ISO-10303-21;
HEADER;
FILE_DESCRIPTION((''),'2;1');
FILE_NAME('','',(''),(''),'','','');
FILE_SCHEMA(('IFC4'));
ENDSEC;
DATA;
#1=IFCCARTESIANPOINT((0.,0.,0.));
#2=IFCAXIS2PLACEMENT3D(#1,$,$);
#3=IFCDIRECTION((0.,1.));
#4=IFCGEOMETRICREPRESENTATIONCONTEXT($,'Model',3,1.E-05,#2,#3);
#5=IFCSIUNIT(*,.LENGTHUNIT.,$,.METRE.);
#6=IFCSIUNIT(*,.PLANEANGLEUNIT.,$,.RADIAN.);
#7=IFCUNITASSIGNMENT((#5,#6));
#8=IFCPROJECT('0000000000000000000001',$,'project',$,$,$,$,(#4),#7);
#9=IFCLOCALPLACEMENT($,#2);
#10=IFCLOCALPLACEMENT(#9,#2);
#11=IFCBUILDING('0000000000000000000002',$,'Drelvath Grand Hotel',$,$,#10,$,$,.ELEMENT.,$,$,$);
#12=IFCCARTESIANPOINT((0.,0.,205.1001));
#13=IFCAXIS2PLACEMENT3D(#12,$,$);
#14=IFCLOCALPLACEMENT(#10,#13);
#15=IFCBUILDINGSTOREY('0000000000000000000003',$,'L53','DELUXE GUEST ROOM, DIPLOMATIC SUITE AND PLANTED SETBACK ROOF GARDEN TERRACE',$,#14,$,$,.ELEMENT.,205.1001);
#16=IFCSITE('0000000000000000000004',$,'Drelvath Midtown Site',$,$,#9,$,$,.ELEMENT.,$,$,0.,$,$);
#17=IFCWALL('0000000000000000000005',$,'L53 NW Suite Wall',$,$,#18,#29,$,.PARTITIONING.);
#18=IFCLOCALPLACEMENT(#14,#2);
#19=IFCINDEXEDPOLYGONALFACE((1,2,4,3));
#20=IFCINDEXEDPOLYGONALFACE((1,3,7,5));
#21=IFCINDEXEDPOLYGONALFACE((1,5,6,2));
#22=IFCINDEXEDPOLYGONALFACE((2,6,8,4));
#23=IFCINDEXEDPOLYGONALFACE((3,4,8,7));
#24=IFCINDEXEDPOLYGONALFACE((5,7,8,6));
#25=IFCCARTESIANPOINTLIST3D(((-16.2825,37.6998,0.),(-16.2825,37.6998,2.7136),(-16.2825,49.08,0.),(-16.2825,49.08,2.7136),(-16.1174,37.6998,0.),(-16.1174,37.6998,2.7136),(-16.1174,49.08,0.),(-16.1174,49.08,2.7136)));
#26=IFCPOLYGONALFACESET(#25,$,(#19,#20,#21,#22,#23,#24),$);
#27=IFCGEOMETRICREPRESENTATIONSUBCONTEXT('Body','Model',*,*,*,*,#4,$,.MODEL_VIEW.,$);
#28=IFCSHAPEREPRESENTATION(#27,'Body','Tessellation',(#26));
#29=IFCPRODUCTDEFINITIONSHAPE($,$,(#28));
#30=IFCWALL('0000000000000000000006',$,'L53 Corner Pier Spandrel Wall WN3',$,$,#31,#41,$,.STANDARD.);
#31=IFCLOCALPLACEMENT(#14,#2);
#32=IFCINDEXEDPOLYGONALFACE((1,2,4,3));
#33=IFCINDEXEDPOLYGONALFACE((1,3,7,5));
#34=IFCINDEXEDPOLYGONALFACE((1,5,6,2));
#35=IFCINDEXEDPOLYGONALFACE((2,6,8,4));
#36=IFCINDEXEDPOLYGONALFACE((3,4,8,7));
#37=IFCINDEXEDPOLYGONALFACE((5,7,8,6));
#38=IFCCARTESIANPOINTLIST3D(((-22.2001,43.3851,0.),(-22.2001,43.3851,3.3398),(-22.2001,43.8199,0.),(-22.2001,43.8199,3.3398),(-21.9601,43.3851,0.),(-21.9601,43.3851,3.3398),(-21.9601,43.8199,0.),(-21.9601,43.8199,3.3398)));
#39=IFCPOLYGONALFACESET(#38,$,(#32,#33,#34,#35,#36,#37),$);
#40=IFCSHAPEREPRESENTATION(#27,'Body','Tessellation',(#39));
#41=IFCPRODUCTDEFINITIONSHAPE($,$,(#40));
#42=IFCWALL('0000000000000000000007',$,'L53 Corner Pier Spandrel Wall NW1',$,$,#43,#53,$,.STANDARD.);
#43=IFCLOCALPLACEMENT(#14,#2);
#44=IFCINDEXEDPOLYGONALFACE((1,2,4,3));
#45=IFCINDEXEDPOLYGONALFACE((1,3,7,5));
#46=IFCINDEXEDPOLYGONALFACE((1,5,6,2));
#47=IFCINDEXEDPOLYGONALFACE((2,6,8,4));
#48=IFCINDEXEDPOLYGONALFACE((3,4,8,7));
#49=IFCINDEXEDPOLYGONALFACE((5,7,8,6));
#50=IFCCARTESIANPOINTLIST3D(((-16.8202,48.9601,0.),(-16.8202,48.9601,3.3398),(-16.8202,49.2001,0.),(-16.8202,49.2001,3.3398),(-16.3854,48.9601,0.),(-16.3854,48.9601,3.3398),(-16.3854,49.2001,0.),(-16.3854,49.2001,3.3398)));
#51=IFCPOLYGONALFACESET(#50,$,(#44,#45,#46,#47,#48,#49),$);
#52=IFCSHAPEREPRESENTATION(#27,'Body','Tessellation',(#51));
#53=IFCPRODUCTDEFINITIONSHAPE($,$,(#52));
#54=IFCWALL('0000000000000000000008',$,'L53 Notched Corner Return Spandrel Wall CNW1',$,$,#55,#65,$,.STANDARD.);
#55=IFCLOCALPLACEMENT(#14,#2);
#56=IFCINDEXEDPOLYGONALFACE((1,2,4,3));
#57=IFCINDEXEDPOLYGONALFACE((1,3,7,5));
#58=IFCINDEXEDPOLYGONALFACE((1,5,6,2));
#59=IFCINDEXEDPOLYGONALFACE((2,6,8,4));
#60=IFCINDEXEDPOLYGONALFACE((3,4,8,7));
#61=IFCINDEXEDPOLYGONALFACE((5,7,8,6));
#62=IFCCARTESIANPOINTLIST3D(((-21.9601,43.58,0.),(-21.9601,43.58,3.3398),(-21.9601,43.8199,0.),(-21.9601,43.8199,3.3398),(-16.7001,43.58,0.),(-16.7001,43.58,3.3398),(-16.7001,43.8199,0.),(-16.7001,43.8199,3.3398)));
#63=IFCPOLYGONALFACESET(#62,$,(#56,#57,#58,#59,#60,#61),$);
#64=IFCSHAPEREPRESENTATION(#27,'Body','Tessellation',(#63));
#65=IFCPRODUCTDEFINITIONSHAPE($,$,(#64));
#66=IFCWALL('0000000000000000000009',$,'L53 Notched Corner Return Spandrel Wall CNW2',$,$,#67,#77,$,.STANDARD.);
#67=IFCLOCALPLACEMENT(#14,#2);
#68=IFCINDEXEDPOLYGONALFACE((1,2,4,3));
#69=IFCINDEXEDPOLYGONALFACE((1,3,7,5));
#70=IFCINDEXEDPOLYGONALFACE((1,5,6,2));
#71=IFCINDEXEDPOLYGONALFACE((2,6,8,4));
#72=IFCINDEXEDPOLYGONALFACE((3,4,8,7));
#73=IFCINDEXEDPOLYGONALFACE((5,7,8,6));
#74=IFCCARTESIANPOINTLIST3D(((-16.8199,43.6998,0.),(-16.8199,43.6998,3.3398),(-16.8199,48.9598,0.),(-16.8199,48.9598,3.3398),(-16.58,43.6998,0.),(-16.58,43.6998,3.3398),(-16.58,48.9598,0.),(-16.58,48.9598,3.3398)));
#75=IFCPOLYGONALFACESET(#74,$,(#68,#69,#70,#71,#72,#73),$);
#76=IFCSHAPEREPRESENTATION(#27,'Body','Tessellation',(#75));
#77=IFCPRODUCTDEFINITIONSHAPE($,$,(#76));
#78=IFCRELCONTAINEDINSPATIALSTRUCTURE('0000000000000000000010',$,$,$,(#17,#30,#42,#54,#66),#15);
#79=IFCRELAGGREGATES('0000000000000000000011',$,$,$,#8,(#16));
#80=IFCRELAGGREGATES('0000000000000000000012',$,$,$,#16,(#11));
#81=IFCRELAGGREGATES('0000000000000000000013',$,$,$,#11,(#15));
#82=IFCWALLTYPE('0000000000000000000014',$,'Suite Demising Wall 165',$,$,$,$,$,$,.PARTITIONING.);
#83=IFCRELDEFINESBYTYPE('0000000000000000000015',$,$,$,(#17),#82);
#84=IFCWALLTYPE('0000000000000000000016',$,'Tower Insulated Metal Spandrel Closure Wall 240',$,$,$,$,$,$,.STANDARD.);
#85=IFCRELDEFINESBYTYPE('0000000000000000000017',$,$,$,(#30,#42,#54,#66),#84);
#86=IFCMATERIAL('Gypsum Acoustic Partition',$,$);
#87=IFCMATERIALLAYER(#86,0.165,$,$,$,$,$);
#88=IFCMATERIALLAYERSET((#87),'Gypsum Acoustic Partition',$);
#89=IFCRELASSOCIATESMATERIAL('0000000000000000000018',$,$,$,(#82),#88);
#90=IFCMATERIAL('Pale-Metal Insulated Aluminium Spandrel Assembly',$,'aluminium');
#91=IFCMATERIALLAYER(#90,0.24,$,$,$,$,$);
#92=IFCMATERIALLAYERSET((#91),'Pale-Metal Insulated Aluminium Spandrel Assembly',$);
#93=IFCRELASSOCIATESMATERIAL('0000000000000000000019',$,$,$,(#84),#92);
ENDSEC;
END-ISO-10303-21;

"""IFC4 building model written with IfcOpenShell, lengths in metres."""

from ifc_helpers import new_model, si_unit, direction, frame, frame_2d, origin, place, context, subcontext, project, spatial, rectangle, extrude, material, layer, layer_set, type_object, element, save


model = new_model("IFC4")

# Units and contexts
model_context = context("Model", 3, precision=1e-05, world=origin(), true_north=direction((0.0, 1.0)))
body_context = subcontext(model_context, "Body", "Model", "MODEL_VIEW")
ifc_project = project(units=[si_unit("LENGTHUNIT", "METRE"), si_unit("PLANEANGLEUNIT", "RADIAN")], contexts=[model_context])

# Site, building, storey
site_placement = place(None, origin())
site = spatial("IfcSite", under=ifc_project, at=site_placement, Name="Drelvath Midtown Site", CompositionType="ELEMENT", RefElevation=0.0)
building_placement = place(site_placement, origin())
building = spatial("IfcBuilding", under=site, at=building_placement, Name="Drelvath Grand Hotel", CompositionType="ELEMENT")
storey_placement = place(building_placement, frame((0.0, 0.0, 205.1001)))
storey = spatial("IfcBuildingStorey", under=building, at=storey_placement, Name="L53", Description="DELUXE GUEST ROOM, DIPLOMATIC SUITE AND PLANTED SETBACK ROOF GARDEN TERRACE", CompositionType="ELEMENT", Elevation=205.1001)

# Walls
ifc_material_1 = material(Name="Gypsum Acoustic Partition")
ifc_layer_1 = layer(ifc_material_1, 0.165)
ifc_layer_set_1 = layer_set([ifc_layer_1], Name="Gypsum Acoustic Partition")
wall_type_1 = type_object("IfcWallType", Name="Suite Demising Wall 165", PredefinedType="PARTITIONING", material=ifc_layer_set_1)
wall_1_placement = place(storey_placement, frame((-16.2, 37.7, 0.0), z_axis=(0.0, 0.0, 1.0), x_axis=(0.0, 1.0, 0.0)))
element("IfcWall", 1, at=wall_1_placement, inside=storey, type_object=wall_type_1, Name="L53 NW Suite Wall", PredefinedType="PARTITIONING", context=body_context, shape_type="SweptSolid", body=[
    extrude(rectangle(XDim=11.3801, YDim=0.165, at=frame_2d((5.6899, 0.0))), origin(), (0.0, 0.0, 1.0), 2.7136),
])
ifc_material_2 = material(Name="Pale-Metal Insulated Aluminium Spandrel Assembly", Category="aluminium")
ifc_layer_2 = layer(ifc_material_2, 0.24)
ifc_layer_set_2 = layer_set([ifc_layer_2], Name="Pale-Metal Insulated Aluminium Spandrel Assembly")
wall_type_2 = type_object("IfcWallType", Name="Tower Insulated Metal Spandrel Closure Wall 240", PredefinedType="STANDARD", material=ifc_layer_set_2)
for number, where, z_axis, x_axis, name in (
    (2, (-22.0801, 43.3853, 0.0), (0.0, 0.0, 1.0), (0.0, 1.0, 0.0), "L53 Corner Pier Spandrel Wall WN3"),
    (3, (-16.8201, 49.0801, 0.0), (0.0, 0.0, 1.0), (1.0, 0.0, 0.0), "L53 Corner Pier Spandrel Wall NW1"),
):
    element("IfcWall", number, at=place(storey_placement, frame(where, z_axis=z_axis, x_axis=x_axis)), inside=storey, type_object=wall_type_2, Name=name, PredefinedType="STANDARD", context=body_context, shape_type="SweptSolid", body=[
        extrude(rectangle(XDim=0.4348, YDim=0.24, at=frame_2d((0.2173, 0.0))), origin(), (0.0, 0.0, 1.0), 3.3398),
    ])
for number, where, z_axis, x_axis, name in (
    (4, (-21.96, 43.7, 0.0), (0.0, 0.0, 1.0), (1.0, 0.0, 0.0), "L53 Notched Corner Return Spandrel Wall CNW1"),
    (5, (-16.7, 43.7, 0.0), (0.0, 0.0, 1.0), (0.0, 1.0, 0.0), "L53 Notched Corner Return Spandrel Wall CNW2"),
):
    element("IfcWall", number, at=place(storey_placement, frame(where, z_axis=z_axis, x_axis=x_axis)), inside=storey, type_object=wall_type_2, Name=name, PredefinedType="STANDARD", context=body_context, shape_type="SweptSolid", body=[
        extrude(rectangle(XDim=5.26, YDim=0.24, at=frame_2d((2.6299, 0.0))), origin(), (0.0, 0.0, 1.0), 3.3398),
    ])

save(model, "model.ifc")
